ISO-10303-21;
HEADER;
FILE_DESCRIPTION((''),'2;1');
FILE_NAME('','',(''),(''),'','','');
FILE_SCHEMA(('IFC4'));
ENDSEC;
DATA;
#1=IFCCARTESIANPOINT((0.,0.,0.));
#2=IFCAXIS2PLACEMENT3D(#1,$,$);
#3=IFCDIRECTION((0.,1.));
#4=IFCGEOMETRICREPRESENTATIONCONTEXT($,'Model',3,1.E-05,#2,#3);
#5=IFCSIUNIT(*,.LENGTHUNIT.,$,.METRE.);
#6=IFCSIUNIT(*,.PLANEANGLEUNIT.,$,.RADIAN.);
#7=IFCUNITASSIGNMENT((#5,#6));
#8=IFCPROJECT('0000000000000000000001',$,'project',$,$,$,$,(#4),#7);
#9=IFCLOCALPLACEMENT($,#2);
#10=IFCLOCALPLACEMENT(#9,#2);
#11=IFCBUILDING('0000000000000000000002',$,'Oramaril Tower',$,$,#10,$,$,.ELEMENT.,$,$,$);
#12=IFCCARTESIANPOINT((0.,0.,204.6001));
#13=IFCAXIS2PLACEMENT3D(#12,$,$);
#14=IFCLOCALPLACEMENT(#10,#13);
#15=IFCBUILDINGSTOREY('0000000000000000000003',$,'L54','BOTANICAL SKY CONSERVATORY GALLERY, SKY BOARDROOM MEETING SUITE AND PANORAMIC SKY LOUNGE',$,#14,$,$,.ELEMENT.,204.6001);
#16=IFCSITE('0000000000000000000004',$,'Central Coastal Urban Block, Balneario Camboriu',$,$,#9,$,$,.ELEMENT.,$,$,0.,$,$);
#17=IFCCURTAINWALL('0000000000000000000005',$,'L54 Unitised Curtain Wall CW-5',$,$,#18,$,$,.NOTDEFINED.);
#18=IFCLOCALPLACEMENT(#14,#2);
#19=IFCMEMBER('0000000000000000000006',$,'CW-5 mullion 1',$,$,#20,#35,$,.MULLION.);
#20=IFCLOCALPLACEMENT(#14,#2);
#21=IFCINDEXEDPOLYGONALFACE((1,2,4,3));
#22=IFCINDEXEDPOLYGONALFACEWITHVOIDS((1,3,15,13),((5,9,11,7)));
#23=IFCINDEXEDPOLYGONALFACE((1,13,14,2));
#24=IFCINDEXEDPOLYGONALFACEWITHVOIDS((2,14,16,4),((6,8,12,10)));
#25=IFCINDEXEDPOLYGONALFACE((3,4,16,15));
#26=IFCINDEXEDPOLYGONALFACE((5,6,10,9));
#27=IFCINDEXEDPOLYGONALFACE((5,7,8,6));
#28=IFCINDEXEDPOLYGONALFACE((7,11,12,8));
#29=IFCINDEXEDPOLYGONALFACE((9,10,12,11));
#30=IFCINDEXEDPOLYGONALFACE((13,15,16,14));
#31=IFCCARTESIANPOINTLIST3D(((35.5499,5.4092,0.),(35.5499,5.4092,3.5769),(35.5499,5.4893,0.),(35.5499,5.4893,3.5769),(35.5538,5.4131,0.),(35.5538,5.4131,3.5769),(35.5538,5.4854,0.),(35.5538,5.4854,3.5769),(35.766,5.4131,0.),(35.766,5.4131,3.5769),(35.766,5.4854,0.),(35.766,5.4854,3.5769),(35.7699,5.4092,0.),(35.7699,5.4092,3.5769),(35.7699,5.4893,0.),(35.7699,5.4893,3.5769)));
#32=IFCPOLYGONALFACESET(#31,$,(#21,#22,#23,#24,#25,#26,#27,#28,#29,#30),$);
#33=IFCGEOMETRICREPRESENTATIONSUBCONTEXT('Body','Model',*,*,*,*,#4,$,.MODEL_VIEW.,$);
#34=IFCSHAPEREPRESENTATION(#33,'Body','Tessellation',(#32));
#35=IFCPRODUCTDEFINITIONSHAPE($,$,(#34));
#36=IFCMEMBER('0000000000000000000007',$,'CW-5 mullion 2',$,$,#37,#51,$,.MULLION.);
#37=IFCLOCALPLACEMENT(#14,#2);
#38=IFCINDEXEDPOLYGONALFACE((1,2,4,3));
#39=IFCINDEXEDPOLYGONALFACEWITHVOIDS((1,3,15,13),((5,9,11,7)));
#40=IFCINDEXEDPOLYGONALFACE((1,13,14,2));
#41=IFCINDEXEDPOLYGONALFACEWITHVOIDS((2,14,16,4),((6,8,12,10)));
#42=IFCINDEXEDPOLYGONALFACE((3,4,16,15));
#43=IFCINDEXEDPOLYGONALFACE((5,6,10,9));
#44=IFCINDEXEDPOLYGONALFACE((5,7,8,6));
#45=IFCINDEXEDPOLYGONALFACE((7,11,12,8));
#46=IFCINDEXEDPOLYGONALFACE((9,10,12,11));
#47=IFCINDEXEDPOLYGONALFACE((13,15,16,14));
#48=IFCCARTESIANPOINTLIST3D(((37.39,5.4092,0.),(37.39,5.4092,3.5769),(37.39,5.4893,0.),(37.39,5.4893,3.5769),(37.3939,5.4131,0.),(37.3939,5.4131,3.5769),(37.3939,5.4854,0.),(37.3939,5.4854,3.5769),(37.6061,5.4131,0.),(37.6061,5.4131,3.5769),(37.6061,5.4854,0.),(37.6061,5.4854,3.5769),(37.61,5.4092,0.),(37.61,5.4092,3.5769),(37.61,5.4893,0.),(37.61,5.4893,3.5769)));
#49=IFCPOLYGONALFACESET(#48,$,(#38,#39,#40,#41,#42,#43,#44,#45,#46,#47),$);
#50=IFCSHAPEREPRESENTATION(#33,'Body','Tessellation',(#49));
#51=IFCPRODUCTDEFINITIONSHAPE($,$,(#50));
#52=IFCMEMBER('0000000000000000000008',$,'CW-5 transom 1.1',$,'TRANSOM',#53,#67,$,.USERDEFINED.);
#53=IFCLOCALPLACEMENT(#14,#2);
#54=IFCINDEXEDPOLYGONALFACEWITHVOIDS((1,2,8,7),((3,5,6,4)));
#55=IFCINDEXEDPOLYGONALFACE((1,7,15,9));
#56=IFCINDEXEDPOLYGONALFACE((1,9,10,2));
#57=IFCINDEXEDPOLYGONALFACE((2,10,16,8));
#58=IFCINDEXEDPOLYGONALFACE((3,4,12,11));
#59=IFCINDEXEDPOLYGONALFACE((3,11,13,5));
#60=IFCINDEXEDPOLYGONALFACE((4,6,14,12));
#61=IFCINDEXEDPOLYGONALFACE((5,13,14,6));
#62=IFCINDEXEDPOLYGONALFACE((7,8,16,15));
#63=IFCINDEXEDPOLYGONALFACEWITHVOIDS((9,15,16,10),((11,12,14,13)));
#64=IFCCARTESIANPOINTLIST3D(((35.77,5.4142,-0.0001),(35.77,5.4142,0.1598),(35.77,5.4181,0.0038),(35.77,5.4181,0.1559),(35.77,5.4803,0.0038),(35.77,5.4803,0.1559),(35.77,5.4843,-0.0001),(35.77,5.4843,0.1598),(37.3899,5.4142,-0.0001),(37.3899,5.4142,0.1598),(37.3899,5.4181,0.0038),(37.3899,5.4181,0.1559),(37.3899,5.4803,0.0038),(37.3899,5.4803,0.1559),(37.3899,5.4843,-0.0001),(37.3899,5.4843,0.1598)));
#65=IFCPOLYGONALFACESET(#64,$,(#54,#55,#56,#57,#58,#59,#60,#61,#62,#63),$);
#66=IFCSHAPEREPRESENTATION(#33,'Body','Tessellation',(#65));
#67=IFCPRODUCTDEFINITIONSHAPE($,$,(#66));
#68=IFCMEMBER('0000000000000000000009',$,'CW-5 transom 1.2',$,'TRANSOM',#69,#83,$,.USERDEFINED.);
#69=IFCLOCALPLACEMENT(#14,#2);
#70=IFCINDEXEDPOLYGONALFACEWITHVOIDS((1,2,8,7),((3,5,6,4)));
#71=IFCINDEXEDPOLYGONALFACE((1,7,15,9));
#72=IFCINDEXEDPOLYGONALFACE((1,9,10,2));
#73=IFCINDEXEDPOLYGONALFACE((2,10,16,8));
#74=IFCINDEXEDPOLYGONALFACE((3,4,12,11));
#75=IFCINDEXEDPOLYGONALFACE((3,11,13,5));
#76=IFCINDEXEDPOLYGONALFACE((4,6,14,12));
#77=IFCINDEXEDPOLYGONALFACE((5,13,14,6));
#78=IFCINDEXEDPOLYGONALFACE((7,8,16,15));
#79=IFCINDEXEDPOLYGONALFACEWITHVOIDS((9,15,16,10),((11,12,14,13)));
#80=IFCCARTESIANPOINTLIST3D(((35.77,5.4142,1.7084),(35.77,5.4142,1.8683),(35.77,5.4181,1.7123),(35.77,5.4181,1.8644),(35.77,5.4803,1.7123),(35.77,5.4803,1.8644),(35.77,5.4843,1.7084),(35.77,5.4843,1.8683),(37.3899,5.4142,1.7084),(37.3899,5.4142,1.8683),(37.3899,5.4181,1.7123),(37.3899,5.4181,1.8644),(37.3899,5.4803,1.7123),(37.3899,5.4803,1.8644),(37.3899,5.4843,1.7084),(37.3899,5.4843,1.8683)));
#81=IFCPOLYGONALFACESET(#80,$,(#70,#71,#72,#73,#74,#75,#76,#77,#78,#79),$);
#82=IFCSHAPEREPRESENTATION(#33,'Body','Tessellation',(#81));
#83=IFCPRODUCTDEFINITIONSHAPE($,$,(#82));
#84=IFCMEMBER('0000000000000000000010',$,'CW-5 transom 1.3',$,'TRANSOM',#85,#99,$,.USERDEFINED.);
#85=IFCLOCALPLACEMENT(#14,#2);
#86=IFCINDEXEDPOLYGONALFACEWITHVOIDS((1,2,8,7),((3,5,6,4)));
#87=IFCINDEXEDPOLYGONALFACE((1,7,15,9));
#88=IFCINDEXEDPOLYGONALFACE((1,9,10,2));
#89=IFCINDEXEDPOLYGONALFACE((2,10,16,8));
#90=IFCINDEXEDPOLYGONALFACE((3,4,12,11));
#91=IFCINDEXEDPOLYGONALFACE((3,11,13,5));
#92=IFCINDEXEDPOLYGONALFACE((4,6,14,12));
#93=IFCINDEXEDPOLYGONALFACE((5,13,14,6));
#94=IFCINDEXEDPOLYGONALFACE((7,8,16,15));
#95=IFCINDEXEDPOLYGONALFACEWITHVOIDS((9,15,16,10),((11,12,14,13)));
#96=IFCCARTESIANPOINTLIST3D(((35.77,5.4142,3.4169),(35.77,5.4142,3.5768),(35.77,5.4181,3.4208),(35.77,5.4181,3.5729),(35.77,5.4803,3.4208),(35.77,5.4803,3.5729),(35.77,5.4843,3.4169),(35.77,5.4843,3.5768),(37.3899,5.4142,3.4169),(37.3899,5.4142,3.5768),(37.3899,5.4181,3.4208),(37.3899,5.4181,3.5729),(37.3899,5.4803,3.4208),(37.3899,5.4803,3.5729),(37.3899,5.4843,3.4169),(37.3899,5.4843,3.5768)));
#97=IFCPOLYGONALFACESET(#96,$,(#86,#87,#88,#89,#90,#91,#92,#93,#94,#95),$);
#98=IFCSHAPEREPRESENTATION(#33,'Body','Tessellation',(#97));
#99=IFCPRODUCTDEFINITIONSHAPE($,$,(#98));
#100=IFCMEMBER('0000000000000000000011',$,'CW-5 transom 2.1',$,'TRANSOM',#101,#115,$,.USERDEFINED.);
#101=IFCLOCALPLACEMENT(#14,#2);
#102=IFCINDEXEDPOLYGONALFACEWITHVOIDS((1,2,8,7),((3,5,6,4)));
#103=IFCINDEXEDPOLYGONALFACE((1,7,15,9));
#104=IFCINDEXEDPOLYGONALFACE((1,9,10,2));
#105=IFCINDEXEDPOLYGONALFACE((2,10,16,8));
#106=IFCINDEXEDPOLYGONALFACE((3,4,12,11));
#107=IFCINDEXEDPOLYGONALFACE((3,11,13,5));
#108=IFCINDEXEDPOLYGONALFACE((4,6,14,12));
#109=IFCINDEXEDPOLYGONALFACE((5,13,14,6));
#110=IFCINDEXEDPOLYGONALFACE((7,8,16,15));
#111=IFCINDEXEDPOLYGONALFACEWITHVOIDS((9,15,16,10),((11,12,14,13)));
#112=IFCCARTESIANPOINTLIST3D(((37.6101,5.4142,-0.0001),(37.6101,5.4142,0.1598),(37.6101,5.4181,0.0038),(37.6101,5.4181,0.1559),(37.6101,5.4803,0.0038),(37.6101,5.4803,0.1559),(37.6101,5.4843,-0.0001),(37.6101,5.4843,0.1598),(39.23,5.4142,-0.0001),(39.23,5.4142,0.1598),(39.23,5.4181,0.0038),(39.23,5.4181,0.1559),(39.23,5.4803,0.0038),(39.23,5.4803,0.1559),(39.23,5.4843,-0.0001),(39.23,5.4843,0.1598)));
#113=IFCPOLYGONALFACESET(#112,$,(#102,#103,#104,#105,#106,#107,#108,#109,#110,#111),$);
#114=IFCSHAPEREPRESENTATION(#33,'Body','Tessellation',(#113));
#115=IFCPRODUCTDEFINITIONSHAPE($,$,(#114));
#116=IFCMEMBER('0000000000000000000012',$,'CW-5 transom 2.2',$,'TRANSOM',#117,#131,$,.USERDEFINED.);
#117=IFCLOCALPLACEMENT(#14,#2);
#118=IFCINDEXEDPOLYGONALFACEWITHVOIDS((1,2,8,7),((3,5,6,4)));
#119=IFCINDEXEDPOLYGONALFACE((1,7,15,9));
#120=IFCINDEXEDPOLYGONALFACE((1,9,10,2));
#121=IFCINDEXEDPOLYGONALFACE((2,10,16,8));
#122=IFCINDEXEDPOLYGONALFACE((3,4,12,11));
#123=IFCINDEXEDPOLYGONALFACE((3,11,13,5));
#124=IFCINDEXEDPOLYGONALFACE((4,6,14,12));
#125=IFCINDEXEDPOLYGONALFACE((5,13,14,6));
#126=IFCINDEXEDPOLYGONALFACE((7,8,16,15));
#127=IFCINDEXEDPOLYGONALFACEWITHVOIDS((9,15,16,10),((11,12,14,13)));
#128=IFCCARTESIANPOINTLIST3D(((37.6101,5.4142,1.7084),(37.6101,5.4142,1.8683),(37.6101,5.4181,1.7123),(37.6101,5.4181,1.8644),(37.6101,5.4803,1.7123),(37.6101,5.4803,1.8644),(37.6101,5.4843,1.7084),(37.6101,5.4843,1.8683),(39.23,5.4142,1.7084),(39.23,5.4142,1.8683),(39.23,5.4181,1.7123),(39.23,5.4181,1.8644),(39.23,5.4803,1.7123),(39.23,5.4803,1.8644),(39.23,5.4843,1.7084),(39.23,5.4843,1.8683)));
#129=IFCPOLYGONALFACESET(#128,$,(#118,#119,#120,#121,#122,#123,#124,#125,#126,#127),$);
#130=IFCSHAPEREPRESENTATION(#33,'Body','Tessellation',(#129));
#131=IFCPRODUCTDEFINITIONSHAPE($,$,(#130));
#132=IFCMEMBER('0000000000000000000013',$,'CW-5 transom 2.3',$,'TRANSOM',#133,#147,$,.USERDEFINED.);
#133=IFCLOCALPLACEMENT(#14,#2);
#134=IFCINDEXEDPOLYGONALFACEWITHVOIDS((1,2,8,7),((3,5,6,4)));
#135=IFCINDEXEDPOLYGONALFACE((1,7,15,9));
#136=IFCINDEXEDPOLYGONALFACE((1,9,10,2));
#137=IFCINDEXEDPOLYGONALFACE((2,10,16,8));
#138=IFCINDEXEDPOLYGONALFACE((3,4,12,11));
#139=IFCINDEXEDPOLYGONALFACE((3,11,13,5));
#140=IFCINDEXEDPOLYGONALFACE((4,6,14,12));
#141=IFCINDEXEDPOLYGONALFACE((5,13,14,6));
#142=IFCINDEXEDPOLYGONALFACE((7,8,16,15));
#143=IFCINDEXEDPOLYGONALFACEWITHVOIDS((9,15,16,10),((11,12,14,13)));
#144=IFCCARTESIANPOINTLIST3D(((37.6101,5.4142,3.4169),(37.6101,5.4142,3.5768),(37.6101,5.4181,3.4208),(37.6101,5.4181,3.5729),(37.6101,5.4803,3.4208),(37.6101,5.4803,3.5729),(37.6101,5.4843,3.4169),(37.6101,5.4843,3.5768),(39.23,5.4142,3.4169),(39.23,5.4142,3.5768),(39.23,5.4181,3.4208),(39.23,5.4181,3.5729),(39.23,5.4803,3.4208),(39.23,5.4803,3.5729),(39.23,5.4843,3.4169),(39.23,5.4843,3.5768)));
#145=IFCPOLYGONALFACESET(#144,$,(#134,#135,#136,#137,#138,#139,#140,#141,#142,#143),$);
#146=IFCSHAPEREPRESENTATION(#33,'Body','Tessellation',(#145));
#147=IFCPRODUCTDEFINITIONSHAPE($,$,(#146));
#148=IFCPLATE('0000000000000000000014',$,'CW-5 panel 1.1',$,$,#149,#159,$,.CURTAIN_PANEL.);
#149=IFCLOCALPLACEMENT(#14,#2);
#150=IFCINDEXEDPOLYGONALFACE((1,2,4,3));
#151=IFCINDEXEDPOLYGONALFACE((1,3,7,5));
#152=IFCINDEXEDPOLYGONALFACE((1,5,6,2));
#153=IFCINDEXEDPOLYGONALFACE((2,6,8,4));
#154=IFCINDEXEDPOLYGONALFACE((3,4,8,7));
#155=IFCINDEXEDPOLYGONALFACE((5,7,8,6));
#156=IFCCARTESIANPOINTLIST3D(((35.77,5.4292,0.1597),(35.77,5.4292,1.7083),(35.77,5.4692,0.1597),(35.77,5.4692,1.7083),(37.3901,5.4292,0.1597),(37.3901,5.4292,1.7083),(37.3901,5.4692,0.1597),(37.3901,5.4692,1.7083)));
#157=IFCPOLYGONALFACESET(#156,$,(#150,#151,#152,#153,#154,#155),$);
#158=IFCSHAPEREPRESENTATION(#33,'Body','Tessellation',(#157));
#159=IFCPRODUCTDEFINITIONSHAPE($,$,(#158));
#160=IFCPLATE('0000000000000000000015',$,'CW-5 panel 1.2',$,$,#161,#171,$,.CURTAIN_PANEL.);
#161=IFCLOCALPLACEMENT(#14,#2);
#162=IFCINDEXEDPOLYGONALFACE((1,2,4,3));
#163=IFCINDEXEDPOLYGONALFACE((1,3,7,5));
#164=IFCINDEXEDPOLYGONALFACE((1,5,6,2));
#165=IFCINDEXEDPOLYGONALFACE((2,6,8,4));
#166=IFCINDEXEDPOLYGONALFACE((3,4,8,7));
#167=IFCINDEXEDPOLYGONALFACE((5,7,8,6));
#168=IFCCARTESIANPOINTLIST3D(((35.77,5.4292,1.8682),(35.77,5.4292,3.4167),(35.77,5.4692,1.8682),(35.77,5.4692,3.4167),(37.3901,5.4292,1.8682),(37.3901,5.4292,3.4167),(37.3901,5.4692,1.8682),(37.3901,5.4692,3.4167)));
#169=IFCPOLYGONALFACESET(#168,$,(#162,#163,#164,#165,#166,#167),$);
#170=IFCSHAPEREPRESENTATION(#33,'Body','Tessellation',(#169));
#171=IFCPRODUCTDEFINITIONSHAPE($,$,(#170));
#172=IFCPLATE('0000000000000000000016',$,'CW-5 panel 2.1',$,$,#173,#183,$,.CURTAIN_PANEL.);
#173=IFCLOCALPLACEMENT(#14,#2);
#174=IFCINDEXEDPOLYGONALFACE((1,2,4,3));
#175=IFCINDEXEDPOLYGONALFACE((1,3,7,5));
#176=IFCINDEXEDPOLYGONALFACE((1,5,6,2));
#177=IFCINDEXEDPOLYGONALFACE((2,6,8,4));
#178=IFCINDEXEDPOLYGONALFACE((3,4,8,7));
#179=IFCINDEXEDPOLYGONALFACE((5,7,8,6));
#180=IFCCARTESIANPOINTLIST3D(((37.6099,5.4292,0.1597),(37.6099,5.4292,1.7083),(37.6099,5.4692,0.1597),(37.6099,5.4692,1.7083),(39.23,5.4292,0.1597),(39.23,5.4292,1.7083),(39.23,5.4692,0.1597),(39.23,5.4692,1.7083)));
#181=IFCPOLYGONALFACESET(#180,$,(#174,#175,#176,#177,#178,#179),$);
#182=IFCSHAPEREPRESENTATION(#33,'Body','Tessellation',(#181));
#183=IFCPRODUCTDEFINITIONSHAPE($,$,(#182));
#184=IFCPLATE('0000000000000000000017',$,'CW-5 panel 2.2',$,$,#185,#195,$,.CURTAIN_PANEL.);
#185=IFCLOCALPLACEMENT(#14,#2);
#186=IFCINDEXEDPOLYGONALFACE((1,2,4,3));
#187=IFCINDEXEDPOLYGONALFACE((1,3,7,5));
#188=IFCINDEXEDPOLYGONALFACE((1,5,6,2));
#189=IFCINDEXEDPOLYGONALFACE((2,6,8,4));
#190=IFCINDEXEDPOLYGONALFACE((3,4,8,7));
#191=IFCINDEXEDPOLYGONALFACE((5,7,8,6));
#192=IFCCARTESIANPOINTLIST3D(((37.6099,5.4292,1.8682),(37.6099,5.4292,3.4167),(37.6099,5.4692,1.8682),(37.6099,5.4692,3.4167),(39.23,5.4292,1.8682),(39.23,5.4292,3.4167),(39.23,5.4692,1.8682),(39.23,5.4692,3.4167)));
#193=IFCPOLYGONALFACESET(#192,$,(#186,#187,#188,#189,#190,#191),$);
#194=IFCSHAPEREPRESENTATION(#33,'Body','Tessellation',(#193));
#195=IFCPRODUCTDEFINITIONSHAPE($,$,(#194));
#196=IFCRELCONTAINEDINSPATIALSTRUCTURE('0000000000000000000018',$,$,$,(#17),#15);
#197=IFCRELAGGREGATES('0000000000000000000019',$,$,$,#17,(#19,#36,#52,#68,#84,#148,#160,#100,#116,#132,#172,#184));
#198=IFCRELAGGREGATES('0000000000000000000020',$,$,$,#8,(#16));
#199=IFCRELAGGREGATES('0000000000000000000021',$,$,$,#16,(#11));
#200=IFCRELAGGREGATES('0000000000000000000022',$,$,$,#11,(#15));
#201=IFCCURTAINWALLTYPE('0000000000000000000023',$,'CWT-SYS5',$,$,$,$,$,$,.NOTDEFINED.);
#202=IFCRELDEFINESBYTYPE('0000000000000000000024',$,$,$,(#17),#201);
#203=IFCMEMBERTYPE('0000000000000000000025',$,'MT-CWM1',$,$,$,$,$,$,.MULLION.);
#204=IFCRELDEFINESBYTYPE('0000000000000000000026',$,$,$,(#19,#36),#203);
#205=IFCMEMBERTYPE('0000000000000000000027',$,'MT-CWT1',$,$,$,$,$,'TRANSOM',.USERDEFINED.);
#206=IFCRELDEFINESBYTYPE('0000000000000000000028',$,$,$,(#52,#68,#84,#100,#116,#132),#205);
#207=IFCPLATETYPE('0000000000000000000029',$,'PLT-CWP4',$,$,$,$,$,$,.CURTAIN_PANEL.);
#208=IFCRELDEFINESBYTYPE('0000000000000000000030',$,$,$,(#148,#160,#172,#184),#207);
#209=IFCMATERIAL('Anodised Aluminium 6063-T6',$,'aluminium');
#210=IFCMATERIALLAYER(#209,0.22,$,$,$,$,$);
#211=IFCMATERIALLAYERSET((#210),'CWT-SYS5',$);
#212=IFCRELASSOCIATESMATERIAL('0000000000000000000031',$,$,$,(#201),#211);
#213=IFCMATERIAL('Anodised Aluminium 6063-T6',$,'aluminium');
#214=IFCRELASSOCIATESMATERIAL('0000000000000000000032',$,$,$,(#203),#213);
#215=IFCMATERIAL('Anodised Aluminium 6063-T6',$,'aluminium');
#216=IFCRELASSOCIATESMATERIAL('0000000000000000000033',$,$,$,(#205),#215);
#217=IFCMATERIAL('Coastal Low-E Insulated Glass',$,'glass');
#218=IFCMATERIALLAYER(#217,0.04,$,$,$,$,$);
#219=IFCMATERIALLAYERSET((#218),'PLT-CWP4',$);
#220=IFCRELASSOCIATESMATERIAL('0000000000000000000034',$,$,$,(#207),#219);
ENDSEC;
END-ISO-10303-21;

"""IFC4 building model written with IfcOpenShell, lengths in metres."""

from ifc_helpers import new_model, si_unit, direction, frame, origin, origin_2d, place, context, subcontext, project, spatial, rectangle, hollow_rectangle, extrude, material, layer, layer_set, material_profile, profile_set, type_object, element, aggregate, save


model = new_model("IFC4")

# Units and contexts
model_context = context("Model", 3, precision=1e-05, world=origin(), true_north=direction((0.0, 1.0)))
body_context = subcontext(model_context, "Body", "Model", "MODEL_VIEW")
ifc_project = project(units=[si_unit("LENGTHUNIT", "METRE"), si_unit("PLANEANGLEUNIT", "RADIAN")], contexts=[model_context])

# Site, building, storey
site_placement = place(None, origin())
site = spatial("IfcSite", under=ifc_project, at=site_placement, Name="Central Coastal Urban Block, Balneario Camboriu", CompositionType="ELEMENT", RefElevation=0.0)
building_placement = place(site_placement, origin())
building = spatial("IfcBuilding", under=site, at=building_placement, Name="Oramaril Tower", CompositionType="ELEMENT")
storey_placement = place(building_placement, frame((0.0, 0.0, 204.6001)))
storey = spatial("IfcBuildingStorey", under=building, at=storey_placement, Name="L54", Description="BOTANICAL SKY CONSERVATORY GALLERY, SKY BOARDROOM MEETING SUITE AND PANORAMIC SKY LOUNGE", CompositionType="ELEMENT", Elevation=204.6001)

# Curtain wall, members, plates
ifc_material_1 = material(Name="Anodised Aluminium 6063-T6", Category="aluminium")
ifc_layer_1 = layer(ifc_material_1, 0.22)
ifc_layer_set_1 = layer_set([ifc_layer_1], Name="CWT-SYS5")
curtain_wall_type = type_object("IfcCurtainWallType", Name="CWT-SYS5", PredefinedType="NOTDEFINED", material=ifc_layer_set_1)
curtain_wall_placement = place(storey_placement, origin())
curtain_wall = element("IfcCurtainWall", 1, at=curtain_wall_placement, inside=storey, type_object=curtain_wall_type, Name="L54 Unitised Curtain Wall CW-5", PredefinedType="NOTDEFINED")
ifc_material_2 = material(Name="Anodised Aluminium 6063-T6", Category="aluminium")
ifc_material_profile_1 = material_profile(ifc_material_2, hollow_rectangle(XDim=0.0801, YDim=0.22, WallThickness=0.0039, at=origin_2d()), Name="CWM220X80")
ifc_profile_set_1 = profile_set([ifc_material_profile_1], Name="Anodised Aluminium 6063-T6")
member_type_1 = type_object("IfcMemberType", Name="MT-CWM1", PredefinedType="MULLION", material=ifc_profile_set_1)
member_1_placement = place(storey_placement, frame((35.6599, 5.4492, 0.0), z_axis=(0.0, 0.0, 1.0), x_axis=(0.0, 1.0, 0.0)))
member_1 = element("IfcMember", 2, at=member_1_placement, type_object=member_type_1, Name="CW-5 mullion 1", PredefinedType="MULLION", context=body_context, shape_type="SweptSolid", body=[
    extrude(hollow_rectangle(XDim=0.0801, YDim=0.22, WallThickness=0.0039, at=origin_2d()), origin(), (0.0, 0.0, 1.0), 3.5769),
])
member_2_placement = place(storey_placement, frame((37.5, 5.4492, 0.0), z_axis=(0.0, 0.0, 1.0), x_axis=(0.0, 1.0, 0.0)))
member_2 = element("IfcMember", 3, at=member_2_placement, type_object=member_type_1, Name="CW-5 mullion 2", PredefinedType="MULLION", context=body_context, shape_type="SweptSolid", body=[
    extrude(hollow_rectangle(XDim=0.0801, YDim=0.22, WallThickness=0.0039, at=origin_2d()), origin(), (0.0, 0.0, 1.0), 3.5769),
])
ifc_material_3 = material(Name="Anodised Aluminium 6063-T6", Category="aluminium")
ifc_material_profile_2 = material_profile(ifc_material_3, hollow_rectangle(XDim=0.0701, YDim=0.1599, WallThickness=0.0039, at=origin_2d()), Name="CWT160X70")
ifc_profile_set_2 = profile_set([ifc_material_profile_2], Name="Anodised Aluminium 6063-T6")
member_type_2 = type_object("IfcMemberType", Name="MT-CWT1", ElementType="TRANSOM", PredefinedType="USERDEFINED", material=ifc_profile_set_2)
member_3_placement = place(storey_placement, frame((35.77, 5.4492, 0.0798), z_axis=(1.0, 0.0, 0.0), x_axis=(0.0, 1.0, 0.0)))
member_3 = element("IfcMember", 4, at=member_3_placement, type_object=member_type_2, Name="CW-5 transom 1.1", ObjectType="TRANSOM", PredefinedType="USERDEFINED", context=body_context, shape_type="SweptSolid", body=[
    extrude(hollow_rectangle(XDim=0.0701, YDim=0.1599, WallThickness=0.0039, at=origin_2d()), origin(), (0.0, 0.0, 1.0), 1.6199),
])
member_4_placement = place(storey_placement, frame((35.77, 5.4492, 1.7883), z_axis=(1.0, 0.0, 0.0), x_axis=(0.0, 1.0, 0.0)))
member_4 = element("IfcMember", 5, at=member_4_placement, type_object=member_type_2, Name="CW-5 transom 1.2", ObjectType="TRANSOM", PredefinedType="USERDEFINED", context=body_context, shape_type="SweptSolid", body=[
    extrude(hollow_rectangle(XDim=0.0701, YDim=0.1599, WallThickness=0.0039, at=origin_2d()), origin(), (0.0, 0.0, 1.0), 1.6199),
])
member_5_placement = place(storey_placement, frame((35.77, 5.4492, 3.4968), z_axis=(1.0, 0.0, 0.0), x_axis=(0.0, 1.0, 0.0)))
member_5 = element("IfcMember", 6, at=member_5_placement, type_object=member_type_2, Name="CW-5 transom 1.3", ObjectType="TRANSOM", PredefinedType="USERDEFINED", context=body_context, shape_type="SweptSolid", body=[
    extrude(hollow_rectangle(XDim=0.0701, YDim=0.1599, WallThickness=0.0039, at=origin_2d()), origin(), (0.0, 0.0, 1.0), 1.6199),
])
member_6_placement = place(storey_placement, frame((37.6101, 5.4492, 0.0798), z_axis=(1.0, 0.0, 0.0), x_axis=(0.0, 1.0, 0.0)))
member_6 = element("IfcMember", 7, at=member_6_placement, type_object=member_type_2, Name="CW-5 transom 2.1", ObjectType="TRANSOM", PredefinedType="USERDEFINED", context=body_context, shape_type="SweptSolid", body=[
    extrude(hollow_rectangle(XDim=0.0701, YDim=0.1599, WallThickness=0.0039, at=origin_2d()), origin(), (0.0, 0.0, 1.0), 1.6199),
])
member_7_placement = place(storey_placement, frame((37.6101, 5.4492, 1.7883), z_axis=(1.0, 0.0, 0.0), x_axis=(0.0, 1.0, 0.0)))
member_7 = element("IfcMember", 8, at=member_7_placement, type_object=member_type_2, Name="CW-5 transom 2.2", ObjectType="TRANSOM", PredefinedType="USERDEFINED", context=body_context, shape_type="SweptSolid", body=[
    extrude(hollow_rectangle(XDim=0.0701, YDim=0.1599, WallThickness=0.0039, at=origin_2d()), origin(), (0.0, 0.0, 1.0), 1.6199),
])
member_8_placement = place(storey_placement, frame((37.6101, 5.4492, 3.4968), z_axis=(1.0, 0.0, 0.0), x_axis=(0.0, 1.0, 0.0)))
member_8 = element("IfcMember", 9, at=member_8_placement, type_object=member_type_2, Name="CW-5 transom 2.3", ObjectType="TRANSOM", PredefinedType="USERDEFINED", context=body_context, shape_type="SweptSolid", body=[
    extrude(hollow_rectangle(XDim=0.0701, YDim=0.1599, WallThickness=0.0039, at=origin_2d()), origin(), (0.0, 0.0, 1.0), 1.6199),
])
ifc_material_4 = material(Name="Coastal Low-E Insulated Glass", Category="glass")
ifc_layer_2 = layer(ifc_material_4, 0.04)
ifc_layer_set_2 = layer_set([ifc_layer_2], Name="PLT-CWP4")
plate_type = type_object("IfcPlateType", Name="PLT-CWP4", PredefinedType="CURTAIN_PANEL", material=ifc_layer_set_2)
plate_1_placement = place(storey_placement, frame((36.5801, 5.4492, 0.1597), z_axis=(0.0, 0.0, 1.0), x_axis=(1.0, 0.0, 0.0)))
plate_1 = element("IfcPlate", 10, at=plate_1_placement, type_object=plate_type, Name="CW-5 panel 1.1", PredefinedType="CURTAIN_PANEL", context=body_context, shape_type="SweptSolid", body=[
    extrude(rectangle(XDim=1.6201, YDim=0.04, at=origin_2d()), origin(), (0.0, 0.0, 1.0), 1.5486),
])
plate_2_placement = place(storey_placement, frame((36.5801, 5.4492, 1.8682), z_axis=(0.0, 0.0, 1.0), x_axis=(1.0, 0.0, 0.0)))
plate_2 = element("IfcPlate", 11, at=plate_2_placement, type_object=plate_type, Name="CW-5 panel 1.2", PredefinedType="CURTAIN_PANEL", context=body_context, shape_type="SweptSolid", body=[
    extrude(rectangle(XDim=1.6201, YDim=0.04, at=origin_2d()), origin(), (0.0, 0.0, 1.0), 1.5486),
])
plate_3_placement = place(storey_placement, frame((38.4199, 5.4492, 0.1597), z_axis=(0.0, 0.0, 1.0), x_axis=(1.0, 0.0, 0.0)))
plate_3 = element("IfcPlate", 12, at=plate_3_placement, type_object=plate_type, Name="CW-5 panel 2.1", PredefinedType="CURTAIN_PANEL", context=body_context, shape_type="SweptSolid", body=[
    extrude(rectangle(XDim=1.6201, YDim=0.04, at=origin_2d()), origin(), (0.0, 0.0, 1.0), 1.5486),
])
plate_4_placement = place(storey_placement, frame((38.4199, 5.4492, 1.8682), z_axis=(0.0, 0.0, 1.0), x_axis=(1.0, 0.0, 0.0)))
plate_4 = element("IfcPlate", 13, at=plate_4_placement, type_object=plate_type, Name="CW-5 panel 2.2", PredefinedType="CURTAIN_PANEL", context=body_context, shape_type="SweptSolid", body=[
    extrude(rectangle(XDim=1.6201, YDim=0.04, at=origin_2d()), origin(), (0.0, 0.0, 1.0), 1.5486),
])
aggregate(curtain_wall, [member_1, member_2, member_3, member_4, member_5, plate_1, plate_2, member_6, member_7, member_8, plate_3, plate_4])

save(model, "model.ifc")
